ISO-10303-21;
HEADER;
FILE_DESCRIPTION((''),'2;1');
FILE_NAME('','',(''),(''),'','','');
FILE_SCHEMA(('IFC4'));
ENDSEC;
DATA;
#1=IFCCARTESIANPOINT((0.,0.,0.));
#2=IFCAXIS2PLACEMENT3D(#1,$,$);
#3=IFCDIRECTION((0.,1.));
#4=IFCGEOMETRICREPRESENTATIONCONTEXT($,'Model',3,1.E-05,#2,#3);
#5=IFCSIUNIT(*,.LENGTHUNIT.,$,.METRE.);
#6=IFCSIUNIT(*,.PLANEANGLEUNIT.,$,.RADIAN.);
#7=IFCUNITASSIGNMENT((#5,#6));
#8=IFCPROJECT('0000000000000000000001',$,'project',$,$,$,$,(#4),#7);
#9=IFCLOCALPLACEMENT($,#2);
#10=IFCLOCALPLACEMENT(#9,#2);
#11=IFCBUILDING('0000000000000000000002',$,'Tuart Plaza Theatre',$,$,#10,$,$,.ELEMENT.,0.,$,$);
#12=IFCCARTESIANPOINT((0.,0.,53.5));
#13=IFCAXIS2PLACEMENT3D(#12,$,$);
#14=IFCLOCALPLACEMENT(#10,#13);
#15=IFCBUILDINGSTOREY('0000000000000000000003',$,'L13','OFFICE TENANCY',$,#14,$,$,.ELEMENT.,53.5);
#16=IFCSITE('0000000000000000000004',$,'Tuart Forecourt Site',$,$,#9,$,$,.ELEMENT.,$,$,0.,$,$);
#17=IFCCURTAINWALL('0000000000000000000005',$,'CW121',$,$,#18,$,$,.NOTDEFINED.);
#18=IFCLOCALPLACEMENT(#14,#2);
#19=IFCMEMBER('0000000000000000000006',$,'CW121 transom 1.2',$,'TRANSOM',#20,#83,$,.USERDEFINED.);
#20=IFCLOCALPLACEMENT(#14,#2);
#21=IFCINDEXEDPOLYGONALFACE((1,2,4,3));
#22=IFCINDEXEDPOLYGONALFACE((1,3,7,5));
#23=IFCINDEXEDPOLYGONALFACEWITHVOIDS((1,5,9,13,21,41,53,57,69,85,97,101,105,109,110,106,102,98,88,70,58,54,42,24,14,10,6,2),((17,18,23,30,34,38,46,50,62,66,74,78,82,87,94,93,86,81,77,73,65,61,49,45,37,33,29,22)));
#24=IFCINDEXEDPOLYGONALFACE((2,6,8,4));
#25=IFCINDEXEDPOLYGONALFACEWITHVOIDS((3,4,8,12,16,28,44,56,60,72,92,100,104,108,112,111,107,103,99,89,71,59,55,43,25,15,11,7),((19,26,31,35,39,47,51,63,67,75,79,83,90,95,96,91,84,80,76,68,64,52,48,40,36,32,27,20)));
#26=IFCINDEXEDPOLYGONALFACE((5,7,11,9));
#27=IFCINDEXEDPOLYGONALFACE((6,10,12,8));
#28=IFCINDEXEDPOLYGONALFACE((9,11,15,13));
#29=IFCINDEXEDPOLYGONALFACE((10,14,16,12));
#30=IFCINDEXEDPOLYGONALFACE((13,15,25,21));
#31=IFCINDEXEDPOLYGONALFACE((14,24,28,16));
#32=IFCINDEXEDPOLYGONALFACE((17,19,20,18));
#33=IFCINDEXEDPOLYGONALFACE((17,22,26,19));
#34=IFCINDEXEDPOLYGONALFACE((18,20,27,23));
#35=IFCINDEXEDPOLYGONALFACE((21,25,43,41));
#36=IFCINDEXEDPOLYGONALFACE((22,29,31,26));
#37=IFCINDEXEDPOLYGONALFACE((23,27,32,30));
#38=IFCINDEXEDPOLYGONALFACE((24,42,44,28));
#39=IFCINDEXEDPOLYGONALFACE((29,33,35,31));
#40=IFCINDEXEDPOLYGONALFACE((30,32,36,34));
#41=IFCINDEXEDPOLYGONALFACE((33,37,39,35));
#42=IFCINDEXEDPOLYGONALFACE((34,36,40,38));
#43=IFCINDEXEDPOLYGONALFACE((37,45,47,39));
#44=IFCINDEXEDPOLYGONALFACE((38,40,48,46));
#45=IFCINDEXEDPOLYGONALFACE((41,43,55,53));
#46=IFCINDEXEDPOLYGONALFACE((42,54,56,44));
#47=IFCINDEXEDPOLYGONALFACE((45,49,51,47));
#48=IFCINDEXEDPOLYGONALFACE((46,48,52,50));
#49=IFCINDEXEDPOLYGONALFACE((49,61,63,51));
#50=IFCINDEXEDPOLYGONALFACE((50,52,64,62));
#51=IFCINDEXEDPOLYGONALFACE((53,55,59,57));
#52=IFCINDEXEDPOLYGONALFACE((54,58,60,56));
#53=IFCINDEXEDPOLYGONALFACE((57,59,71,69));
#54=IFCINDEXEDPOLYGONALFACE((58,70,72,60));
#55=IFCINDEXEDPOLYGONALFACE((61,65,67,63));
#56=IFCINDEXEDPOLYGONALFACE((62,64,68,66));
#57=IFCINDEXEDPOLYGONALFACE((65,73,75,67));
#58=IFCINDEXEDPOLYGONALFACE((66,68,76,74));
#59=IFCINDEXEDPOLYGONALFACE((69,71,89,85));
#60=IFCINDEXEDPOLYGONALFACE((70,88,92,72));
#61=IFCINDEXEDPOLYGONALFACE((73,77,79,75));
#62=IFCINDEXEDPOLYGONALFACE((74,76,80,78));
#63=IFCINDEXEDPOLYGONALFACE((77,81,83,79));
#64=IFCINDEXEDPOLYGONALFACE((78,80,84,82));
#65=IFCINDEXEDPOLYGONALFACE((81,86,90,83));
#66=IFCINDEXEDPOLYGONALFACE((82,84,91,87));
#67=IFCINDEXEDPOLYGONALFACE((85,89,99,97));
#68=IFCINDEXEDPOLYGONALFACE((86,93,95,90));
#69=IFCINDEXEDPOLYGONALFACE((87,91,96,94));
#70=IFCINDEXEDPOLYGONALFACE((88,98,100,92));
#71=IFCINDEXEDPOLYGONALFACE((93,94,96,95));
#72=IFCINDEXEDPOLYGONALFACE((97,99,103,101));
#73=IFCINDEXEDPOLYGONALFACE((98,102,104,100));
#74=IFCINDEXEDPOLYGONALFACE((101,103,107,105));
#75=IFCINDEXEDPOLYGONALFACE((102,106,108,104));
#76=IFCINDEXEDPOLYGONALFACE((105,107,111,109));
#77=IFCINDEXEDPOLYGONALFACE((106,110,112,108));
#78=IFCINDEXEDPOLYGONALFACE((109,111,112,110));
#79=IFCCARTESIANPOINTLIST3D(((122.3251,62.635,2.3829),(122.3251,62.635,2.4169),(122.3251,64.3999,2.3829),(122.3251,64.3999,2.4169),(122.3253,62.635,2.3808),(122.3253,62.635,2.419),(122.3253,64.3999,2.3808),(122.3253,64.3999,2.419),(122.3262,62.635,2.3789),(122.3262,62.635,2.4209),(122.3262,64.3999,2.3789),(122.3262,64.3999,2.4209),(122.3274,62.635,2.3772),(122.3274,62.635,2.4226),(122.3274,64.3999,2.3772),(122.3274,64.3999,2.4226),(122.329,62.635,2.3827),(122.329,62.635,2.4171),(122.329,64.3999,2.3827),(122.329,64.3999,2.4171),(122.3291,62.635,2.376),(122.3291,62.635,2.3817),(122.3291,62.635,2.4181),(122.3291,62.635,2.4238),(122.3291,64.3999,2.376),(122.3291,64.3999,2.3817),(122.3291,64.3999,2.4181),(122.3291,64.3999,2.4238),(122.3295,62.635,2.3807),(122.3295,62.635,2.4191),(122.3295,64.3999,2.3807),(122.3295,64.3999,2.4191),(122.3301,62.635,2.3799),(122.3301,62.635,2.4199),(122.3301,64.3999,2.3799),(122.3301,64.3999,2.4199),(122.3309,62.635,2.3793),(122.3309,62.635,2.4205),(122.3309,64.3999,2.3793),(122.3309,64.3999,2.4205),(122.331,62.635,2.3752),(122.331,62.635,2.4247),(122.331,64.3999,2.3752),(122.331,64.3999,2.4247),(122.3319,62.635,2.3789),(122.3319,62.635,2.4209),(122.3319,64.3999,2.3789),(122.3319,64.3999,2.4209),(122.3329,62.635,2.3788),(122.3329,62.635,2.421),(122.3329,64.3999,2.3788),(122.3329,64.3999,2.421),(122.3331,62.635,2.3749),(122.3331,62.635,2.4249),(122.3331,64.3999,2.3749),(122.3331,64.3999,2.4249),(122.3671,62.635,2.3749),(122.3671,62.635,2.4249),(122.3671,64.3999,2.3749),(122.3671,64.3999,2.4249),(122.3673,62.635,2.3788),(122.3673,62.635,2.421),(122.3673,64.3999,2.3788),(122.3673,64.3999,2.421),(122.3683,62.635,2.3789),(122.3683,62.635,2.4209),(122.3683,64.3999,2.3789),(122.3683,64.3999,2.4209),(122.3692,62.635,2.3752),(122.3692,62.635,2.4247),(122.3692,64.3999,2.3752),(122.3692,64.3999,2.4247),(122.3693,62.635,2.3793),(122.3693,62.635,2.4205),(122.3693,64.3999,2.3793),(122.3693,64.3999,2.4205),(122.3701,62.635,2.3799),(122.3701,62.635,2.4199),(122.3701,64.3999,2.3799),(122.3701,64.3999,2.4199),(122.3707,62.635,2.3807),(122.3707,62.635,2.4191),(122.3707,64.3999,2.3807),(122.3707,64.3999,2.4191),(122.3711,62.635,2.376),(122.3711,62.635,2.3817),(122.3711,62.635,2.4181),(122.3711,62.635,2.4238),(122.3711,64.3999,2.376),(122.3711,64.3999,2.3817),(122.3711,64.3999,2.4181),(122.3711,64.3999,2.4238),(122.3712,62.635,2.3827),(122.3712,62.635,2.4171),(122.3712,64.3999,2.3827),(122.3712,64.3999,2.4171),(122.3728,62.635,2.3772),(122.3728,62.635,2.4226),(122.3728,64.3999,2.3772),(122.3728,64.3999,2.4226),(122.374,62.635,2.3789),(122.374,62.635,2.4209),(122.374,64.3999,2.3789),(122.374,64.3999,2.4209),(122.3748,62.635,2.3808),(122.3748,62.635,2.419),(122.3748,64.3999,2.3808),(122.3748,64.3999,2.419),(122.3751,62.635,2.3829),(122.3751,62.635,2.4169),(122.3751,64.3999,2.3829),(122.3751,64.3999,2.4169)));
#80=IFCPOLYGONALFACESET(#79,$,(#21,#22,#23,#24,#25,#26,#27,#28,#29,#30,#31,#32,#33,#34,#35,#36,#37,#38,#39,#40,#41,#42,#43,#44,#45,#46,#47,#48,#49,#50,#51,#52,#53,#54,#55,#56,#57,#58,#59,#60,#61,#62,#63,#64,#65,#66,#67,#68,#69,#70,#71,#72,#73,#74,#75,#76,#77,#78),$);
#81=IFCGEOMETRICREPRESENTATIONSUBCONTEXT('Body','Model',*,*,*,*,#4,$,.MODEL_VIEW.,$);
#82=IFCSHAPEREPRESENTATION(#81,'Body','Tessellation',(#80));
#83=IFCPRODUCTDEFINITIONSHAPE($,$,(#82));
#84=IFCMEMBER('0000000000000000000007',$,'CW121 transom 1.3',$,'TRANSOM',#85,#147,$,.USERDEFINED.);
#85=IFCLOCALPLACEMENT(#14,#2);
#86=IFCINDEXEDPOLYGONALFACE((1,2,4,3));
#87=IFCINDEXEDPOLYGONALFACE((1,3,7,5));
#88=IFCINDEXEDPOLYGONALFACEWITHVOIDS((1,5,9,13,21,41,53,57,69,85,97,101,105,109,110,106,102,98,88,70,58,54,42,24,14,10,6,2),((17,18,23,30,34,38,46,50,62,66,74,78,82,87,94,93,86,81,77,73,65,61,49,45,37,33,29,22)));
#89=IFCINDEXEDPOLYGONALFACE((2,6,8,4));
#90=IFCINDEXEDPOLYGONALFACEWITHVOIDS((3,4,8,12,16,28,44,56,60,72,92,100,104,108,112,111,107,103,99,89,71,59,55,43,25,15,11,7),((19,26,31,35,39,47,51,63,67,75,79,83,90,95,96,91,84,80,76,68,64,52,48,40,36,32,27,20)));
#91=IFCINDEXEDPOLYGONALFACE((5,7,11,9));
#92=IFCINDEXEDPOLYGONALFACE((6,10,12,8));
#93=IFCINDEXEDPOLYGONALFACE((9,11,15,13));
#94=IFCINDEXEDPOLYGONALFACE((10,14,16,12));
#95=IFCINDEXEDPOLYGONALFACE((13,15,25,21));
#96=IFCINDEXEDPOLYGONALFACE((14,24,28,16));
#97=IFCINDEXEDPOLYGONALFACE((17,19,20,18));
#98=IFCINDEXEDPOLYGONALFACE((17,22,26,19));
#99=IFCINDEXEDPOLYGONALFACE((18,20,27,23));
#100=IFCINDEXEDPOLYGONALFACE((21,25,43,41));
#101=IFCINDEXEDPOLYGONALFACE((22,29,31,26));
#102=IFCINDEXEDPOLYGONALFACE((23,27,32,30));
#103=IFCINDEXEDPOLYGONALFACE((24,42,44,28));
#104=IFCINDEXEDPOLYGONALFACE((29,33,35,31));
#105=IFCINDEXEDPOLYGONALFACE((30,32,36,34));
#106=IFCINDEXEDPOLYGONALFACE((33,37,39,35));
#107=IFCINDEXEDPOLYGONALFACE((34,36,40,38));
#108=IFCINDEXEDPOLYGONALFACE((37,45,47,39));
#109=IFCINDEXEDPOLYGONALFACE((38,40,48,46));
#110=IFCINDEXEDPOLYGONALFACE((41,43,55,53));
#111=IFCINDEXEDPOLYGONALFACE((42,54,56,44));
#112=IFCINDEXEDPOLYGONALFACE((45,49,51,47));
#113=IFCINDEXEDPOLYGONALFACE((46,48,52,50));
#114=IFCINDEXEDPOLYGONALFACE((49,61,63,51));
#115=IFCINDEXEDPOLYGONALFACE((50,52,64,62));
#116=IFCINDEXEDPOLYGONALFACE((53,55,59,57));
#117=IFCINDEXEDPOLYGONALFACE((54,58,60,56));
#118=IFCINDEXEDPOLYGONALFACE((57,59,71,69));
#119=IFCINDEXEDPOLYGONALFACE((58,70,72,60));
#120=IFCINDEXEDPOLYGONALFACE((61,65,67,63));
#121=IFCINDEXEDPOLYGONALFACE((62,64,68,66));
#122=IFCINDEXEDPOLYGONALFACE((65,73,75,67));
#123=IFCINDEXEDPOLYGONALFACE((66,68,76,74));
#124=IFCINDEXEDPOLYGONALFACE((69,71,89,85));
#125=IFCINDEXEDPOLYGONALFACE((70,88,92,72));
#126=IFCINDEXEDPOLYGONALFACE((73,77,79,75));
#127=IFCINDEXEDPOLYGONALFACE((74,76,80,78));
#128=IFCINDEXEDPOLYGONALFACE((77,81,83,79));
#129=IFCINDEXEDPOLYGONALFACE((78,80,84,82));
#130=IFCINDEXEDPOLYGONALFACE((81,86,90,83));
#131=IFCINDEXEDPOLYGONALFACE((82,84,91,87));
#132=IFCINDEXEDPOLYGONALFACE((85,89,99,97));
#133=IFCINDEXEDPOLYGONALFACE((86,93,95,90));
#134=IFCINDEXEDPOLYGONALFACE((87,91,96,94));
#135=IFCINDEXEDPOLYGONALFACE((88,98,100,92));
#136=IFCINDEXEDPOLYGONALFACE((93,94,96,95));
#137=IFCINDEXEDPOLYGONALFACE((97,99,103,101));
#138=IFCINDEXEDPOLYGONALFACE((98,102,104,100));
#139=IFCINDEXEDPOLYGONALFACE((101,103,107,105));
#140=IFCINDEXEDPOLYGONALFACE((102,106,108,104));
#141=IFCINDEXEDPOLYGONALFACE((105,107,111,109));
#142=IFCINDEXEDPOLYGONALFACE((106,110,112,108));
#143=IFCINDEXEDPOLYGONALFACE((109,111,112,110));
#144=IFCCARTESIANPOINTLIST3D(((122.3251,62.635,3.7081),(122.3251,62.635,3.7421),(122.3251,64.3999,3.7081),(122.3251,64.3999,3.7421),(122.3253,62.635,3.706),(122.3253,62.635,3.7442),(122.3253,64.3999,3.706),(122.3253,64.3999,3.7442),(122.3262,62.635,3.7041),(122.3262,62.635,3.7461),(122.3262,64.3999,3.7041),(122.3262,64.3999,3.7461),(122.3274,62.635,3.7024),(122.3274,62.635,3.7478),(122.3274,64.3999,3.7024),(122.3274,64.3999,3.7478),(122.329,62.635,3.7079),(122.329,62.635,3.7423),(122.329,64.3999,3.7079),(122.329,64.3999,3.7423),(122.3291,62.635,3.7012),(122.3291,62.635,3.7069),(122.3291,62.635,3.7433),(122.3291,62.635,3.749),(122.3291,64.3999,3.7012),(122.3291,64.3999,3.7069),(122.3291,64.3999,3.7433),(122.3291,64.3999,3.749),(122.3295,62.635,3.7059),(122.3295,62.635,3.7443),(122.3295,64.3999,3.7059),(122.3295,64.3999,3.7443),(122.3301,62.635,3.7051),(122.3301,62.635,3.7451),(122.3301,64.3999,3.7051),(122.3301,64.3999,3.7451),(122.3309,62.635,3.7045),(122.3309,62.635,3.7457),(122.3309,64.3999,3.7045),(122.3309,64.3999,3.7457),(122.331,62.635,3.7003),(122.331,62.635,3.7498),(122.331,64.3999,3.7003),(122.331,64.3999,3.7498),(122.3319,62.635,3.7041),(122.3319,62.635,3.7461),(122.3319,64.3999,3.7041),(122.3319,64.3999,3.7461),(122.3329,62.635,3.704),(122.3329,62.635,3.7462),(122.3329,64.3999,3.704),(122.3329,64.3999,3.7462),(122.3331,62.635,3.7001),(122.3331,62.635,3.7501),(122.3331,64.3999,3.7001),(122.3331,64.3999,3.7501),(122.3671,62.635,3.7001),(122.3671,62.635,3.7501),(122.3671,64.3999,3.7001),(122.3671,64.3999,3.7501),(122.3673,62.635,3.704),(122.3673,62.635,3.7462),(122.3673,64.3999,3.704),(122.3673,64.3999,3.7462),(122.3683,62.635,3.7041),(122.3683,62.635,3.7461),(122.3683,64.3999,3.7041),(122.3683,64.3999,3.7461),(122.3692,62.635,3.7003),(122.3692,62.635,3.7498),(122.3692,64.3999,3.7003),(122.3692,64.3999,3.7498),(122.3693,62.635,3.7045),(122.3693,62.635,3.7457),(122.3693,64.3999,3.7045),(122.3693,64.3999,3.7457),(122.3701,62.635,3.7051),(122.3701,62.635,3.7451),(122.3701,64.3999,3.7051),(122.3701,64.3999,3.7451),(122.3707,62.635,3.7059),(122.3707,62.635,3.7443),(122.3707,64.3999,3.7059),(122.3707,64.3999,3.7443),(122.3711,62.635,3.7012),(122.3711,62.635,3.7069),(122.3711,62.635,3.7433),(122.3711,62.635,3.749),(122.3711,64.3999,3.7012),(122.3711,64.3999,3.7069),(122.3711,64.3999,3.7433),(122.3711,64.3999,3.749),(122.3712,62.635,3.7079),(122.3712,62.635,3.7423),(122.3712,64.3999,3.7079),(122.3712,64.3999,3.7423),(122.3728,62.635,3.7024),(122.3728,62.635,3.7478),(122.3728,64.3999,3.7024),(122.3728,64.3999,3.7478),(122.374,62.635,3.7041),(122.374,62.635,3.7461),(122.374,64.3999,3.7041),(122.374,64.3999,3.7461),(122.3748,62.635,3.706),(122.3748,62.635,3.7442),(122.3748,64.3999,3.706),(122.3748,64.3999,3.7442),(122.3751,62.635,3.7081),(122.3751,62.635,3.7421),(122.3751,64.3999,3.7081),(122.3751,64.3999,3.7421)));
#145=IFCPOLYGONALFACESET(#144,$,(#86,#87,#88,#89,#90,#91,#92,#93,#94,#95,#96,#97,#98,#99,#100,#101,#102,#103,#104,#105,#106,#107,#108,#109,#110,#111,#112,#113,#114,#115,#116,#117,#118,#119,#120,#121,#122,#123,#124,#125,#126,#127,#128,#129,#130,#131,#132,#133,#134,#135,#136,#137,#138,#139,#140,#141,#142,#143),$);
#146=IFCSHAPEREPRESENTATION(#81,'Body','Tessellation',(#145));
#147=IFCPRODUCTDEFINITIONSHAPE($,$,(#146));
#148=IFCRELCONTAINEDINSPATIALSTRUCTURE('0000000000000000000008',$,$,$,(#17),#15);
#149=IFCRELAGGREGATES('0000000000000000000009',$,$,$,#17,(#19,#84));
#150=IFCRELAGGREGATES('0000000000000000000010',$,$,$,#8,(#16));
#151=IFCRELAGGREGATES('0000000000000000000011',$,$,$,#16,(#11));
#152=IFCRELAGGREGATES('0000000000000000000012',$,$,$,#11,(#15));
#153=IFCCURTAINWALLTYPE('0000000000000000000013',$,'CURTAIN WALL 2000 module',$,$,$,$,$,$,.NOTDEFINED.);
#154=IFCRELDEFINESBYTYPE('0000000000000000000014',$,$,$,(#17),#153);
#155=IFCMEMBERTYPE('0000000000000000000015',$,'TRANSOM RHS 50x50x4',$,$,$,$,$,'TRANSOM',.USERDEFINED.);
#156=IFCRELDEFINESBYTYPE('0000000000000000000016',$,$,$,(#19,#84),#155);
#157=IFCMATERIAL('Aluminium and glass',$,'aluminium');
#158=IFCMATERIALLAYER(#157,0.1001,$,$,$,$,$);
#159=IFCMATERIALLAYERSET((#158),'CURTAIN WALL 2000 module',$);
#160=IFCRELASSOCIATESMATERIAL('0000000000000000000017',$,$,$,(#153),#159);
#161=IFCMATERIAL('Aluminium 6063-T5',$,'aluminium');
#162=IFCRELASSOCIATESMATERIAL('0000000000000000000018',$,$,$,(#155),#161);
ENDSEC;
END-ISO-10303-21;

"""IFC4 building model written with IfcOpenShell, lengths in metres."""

from ifc_helpers import new_model, si_unit, direction, frame, origin, origin_2d, place, context, subcontext, project, spatial, hollow_rectangle, extrude, material, layer, layer_set, material_profile, profile_set, type_object, element, aggregate, save


model = new_model("IFC4")

# Units and contexts
model_context = context("Model", 3, precision=1e-05, world=origin(), true_north=direction((0.0, 1.0)))
body_context = subcontext(model_context, "Body", "Model", "MODEL_VIEW")
ifc_project = project(units=[si_unit("LENGTHUNIT", "METRE"), si_unit("PLANEANGLEUNIT", "RADIAN")], contexts=[model_context])

# Site, building, storey
site_placement = place(None, origin())
site = spatial("IfcSite", under=ifc_project, at=site_placement, Name="Tuart Forecourt Site", CompositionType="ELEMENT", RefElevation=0.0)
building_placement = place(site_placement, origin())
building = spatial("IfcBuilding", under=site, at=building_placement, Name="Tuart Plaza Theatre", CompositionType="ELEMENT", ElevationOfRefHeight=0.0)
storey_placement = place(building_placement, frame((0.0, 0.0, 53.5)))
storey = spatial("IfcBuildingStorey", under=building, at=storey_placement, Name="L13", Description="OFFICE TENANCY", CompositionType="ELEMENT", Elevation=53.5)

# Curtain wall
ifc_material_1 = material(Name="Aluminium and glass", Category="aluminium")
ifc_layer_1 = layer(ifc_material_1, 0.1001)
ifc_layer_set_1 = layer_set([ifc_layer_1], Name="CURTAIN WALL 2000 module")
curtain_wall_type = type_object("IfcCurtainWallType", Name="CURTAIN WALL 2000 module", PredefinedType="NOTDEFINED", material=ifc_layer_set_1)
curtain_wall_1_placement = place(storey_placement, origin())
curtain_wall_1 = element("IfcCurtainWall", 1, at=curtain_wall_1_placement, inside=storey, type_object=curtain_wall_type, Name="CW121", PredefinedType="NOTDEFINED")

# Members
ifc_material_2 = material(Name="Aluminium 6063-T5", Category="aluminium")
ifc_material_profile_1 = material_profile(ifc_material_2, hollow_rectangle(XDim=0.05, YDim=0.05, WallThickness=0.0039, InnerFilletRadius=0.0039, OuterFilletRadius=0.0081, at=origin_2d()), Name="RHS 50x50x4")
ifc_profile_set_1 = profile_set([ifc_material_profile_1], Name="Aluminium 6063-T5")
member_type_1 = type_object("IfcMemberType", Name="TRANSOM RHS 50x50x4", ElementType="TRANSOM", PredefinedType="USERDEFINED", material=ifc_profile_set_1)
member_1_placement = place(storey_placement, frame((122.3501, 64.3999, 2.3999), z_axis=(0.0, -1.0, 0.0), x_axis=(1.0, 0.0, 0.0)))
member_1 = element("IfcMember", 2, at=member_1_placement, type_object=member_type_1, Name="CW121 transom 1.2", ObjectType="TRANSOM", PredefinedType="USERDEFINED", context=body_context, shape_type="SweptSolid", body=[
    extrude(hollow_rectangle(XDim=0.05, YDim=0.05, WallThickness=0.0039, InnerFilletRadius=0.0039, OuterFilletRadius=0.0081, at=origin_2d()), origin(), (0.0, 0.0, 1.0), 1.7649),
])
member_2_placement = place(storey_placement, frame((122.3501, 64.3999, 3.7251), z_axis=(0.0, -1.0, 0.0), x_axis=(1.0, 0.0, 0.0)))
member_2 = element("IfcMember", 3, at=member_2_placement, type_object=member_type_1, Name="CW121 transom 1.3", ObjectType="TRANSOM", PredefinedType="USERDEFINED", context=body_context, shape_type="SweptSolid", body=[
    extrude(hollow_rectangle(XDim=0.05, YDim=0.05, WallThickness=0.0039, InnerFilletRadius=0.0039, OuterFilletRadius=0.0081, at=origin_2d()), origin(), (0.0, 0.0, 1.0), 1.7649),
])

aggregate(curtain_wall_1, [member_1, member_2])

save(model, "model.ifc")
